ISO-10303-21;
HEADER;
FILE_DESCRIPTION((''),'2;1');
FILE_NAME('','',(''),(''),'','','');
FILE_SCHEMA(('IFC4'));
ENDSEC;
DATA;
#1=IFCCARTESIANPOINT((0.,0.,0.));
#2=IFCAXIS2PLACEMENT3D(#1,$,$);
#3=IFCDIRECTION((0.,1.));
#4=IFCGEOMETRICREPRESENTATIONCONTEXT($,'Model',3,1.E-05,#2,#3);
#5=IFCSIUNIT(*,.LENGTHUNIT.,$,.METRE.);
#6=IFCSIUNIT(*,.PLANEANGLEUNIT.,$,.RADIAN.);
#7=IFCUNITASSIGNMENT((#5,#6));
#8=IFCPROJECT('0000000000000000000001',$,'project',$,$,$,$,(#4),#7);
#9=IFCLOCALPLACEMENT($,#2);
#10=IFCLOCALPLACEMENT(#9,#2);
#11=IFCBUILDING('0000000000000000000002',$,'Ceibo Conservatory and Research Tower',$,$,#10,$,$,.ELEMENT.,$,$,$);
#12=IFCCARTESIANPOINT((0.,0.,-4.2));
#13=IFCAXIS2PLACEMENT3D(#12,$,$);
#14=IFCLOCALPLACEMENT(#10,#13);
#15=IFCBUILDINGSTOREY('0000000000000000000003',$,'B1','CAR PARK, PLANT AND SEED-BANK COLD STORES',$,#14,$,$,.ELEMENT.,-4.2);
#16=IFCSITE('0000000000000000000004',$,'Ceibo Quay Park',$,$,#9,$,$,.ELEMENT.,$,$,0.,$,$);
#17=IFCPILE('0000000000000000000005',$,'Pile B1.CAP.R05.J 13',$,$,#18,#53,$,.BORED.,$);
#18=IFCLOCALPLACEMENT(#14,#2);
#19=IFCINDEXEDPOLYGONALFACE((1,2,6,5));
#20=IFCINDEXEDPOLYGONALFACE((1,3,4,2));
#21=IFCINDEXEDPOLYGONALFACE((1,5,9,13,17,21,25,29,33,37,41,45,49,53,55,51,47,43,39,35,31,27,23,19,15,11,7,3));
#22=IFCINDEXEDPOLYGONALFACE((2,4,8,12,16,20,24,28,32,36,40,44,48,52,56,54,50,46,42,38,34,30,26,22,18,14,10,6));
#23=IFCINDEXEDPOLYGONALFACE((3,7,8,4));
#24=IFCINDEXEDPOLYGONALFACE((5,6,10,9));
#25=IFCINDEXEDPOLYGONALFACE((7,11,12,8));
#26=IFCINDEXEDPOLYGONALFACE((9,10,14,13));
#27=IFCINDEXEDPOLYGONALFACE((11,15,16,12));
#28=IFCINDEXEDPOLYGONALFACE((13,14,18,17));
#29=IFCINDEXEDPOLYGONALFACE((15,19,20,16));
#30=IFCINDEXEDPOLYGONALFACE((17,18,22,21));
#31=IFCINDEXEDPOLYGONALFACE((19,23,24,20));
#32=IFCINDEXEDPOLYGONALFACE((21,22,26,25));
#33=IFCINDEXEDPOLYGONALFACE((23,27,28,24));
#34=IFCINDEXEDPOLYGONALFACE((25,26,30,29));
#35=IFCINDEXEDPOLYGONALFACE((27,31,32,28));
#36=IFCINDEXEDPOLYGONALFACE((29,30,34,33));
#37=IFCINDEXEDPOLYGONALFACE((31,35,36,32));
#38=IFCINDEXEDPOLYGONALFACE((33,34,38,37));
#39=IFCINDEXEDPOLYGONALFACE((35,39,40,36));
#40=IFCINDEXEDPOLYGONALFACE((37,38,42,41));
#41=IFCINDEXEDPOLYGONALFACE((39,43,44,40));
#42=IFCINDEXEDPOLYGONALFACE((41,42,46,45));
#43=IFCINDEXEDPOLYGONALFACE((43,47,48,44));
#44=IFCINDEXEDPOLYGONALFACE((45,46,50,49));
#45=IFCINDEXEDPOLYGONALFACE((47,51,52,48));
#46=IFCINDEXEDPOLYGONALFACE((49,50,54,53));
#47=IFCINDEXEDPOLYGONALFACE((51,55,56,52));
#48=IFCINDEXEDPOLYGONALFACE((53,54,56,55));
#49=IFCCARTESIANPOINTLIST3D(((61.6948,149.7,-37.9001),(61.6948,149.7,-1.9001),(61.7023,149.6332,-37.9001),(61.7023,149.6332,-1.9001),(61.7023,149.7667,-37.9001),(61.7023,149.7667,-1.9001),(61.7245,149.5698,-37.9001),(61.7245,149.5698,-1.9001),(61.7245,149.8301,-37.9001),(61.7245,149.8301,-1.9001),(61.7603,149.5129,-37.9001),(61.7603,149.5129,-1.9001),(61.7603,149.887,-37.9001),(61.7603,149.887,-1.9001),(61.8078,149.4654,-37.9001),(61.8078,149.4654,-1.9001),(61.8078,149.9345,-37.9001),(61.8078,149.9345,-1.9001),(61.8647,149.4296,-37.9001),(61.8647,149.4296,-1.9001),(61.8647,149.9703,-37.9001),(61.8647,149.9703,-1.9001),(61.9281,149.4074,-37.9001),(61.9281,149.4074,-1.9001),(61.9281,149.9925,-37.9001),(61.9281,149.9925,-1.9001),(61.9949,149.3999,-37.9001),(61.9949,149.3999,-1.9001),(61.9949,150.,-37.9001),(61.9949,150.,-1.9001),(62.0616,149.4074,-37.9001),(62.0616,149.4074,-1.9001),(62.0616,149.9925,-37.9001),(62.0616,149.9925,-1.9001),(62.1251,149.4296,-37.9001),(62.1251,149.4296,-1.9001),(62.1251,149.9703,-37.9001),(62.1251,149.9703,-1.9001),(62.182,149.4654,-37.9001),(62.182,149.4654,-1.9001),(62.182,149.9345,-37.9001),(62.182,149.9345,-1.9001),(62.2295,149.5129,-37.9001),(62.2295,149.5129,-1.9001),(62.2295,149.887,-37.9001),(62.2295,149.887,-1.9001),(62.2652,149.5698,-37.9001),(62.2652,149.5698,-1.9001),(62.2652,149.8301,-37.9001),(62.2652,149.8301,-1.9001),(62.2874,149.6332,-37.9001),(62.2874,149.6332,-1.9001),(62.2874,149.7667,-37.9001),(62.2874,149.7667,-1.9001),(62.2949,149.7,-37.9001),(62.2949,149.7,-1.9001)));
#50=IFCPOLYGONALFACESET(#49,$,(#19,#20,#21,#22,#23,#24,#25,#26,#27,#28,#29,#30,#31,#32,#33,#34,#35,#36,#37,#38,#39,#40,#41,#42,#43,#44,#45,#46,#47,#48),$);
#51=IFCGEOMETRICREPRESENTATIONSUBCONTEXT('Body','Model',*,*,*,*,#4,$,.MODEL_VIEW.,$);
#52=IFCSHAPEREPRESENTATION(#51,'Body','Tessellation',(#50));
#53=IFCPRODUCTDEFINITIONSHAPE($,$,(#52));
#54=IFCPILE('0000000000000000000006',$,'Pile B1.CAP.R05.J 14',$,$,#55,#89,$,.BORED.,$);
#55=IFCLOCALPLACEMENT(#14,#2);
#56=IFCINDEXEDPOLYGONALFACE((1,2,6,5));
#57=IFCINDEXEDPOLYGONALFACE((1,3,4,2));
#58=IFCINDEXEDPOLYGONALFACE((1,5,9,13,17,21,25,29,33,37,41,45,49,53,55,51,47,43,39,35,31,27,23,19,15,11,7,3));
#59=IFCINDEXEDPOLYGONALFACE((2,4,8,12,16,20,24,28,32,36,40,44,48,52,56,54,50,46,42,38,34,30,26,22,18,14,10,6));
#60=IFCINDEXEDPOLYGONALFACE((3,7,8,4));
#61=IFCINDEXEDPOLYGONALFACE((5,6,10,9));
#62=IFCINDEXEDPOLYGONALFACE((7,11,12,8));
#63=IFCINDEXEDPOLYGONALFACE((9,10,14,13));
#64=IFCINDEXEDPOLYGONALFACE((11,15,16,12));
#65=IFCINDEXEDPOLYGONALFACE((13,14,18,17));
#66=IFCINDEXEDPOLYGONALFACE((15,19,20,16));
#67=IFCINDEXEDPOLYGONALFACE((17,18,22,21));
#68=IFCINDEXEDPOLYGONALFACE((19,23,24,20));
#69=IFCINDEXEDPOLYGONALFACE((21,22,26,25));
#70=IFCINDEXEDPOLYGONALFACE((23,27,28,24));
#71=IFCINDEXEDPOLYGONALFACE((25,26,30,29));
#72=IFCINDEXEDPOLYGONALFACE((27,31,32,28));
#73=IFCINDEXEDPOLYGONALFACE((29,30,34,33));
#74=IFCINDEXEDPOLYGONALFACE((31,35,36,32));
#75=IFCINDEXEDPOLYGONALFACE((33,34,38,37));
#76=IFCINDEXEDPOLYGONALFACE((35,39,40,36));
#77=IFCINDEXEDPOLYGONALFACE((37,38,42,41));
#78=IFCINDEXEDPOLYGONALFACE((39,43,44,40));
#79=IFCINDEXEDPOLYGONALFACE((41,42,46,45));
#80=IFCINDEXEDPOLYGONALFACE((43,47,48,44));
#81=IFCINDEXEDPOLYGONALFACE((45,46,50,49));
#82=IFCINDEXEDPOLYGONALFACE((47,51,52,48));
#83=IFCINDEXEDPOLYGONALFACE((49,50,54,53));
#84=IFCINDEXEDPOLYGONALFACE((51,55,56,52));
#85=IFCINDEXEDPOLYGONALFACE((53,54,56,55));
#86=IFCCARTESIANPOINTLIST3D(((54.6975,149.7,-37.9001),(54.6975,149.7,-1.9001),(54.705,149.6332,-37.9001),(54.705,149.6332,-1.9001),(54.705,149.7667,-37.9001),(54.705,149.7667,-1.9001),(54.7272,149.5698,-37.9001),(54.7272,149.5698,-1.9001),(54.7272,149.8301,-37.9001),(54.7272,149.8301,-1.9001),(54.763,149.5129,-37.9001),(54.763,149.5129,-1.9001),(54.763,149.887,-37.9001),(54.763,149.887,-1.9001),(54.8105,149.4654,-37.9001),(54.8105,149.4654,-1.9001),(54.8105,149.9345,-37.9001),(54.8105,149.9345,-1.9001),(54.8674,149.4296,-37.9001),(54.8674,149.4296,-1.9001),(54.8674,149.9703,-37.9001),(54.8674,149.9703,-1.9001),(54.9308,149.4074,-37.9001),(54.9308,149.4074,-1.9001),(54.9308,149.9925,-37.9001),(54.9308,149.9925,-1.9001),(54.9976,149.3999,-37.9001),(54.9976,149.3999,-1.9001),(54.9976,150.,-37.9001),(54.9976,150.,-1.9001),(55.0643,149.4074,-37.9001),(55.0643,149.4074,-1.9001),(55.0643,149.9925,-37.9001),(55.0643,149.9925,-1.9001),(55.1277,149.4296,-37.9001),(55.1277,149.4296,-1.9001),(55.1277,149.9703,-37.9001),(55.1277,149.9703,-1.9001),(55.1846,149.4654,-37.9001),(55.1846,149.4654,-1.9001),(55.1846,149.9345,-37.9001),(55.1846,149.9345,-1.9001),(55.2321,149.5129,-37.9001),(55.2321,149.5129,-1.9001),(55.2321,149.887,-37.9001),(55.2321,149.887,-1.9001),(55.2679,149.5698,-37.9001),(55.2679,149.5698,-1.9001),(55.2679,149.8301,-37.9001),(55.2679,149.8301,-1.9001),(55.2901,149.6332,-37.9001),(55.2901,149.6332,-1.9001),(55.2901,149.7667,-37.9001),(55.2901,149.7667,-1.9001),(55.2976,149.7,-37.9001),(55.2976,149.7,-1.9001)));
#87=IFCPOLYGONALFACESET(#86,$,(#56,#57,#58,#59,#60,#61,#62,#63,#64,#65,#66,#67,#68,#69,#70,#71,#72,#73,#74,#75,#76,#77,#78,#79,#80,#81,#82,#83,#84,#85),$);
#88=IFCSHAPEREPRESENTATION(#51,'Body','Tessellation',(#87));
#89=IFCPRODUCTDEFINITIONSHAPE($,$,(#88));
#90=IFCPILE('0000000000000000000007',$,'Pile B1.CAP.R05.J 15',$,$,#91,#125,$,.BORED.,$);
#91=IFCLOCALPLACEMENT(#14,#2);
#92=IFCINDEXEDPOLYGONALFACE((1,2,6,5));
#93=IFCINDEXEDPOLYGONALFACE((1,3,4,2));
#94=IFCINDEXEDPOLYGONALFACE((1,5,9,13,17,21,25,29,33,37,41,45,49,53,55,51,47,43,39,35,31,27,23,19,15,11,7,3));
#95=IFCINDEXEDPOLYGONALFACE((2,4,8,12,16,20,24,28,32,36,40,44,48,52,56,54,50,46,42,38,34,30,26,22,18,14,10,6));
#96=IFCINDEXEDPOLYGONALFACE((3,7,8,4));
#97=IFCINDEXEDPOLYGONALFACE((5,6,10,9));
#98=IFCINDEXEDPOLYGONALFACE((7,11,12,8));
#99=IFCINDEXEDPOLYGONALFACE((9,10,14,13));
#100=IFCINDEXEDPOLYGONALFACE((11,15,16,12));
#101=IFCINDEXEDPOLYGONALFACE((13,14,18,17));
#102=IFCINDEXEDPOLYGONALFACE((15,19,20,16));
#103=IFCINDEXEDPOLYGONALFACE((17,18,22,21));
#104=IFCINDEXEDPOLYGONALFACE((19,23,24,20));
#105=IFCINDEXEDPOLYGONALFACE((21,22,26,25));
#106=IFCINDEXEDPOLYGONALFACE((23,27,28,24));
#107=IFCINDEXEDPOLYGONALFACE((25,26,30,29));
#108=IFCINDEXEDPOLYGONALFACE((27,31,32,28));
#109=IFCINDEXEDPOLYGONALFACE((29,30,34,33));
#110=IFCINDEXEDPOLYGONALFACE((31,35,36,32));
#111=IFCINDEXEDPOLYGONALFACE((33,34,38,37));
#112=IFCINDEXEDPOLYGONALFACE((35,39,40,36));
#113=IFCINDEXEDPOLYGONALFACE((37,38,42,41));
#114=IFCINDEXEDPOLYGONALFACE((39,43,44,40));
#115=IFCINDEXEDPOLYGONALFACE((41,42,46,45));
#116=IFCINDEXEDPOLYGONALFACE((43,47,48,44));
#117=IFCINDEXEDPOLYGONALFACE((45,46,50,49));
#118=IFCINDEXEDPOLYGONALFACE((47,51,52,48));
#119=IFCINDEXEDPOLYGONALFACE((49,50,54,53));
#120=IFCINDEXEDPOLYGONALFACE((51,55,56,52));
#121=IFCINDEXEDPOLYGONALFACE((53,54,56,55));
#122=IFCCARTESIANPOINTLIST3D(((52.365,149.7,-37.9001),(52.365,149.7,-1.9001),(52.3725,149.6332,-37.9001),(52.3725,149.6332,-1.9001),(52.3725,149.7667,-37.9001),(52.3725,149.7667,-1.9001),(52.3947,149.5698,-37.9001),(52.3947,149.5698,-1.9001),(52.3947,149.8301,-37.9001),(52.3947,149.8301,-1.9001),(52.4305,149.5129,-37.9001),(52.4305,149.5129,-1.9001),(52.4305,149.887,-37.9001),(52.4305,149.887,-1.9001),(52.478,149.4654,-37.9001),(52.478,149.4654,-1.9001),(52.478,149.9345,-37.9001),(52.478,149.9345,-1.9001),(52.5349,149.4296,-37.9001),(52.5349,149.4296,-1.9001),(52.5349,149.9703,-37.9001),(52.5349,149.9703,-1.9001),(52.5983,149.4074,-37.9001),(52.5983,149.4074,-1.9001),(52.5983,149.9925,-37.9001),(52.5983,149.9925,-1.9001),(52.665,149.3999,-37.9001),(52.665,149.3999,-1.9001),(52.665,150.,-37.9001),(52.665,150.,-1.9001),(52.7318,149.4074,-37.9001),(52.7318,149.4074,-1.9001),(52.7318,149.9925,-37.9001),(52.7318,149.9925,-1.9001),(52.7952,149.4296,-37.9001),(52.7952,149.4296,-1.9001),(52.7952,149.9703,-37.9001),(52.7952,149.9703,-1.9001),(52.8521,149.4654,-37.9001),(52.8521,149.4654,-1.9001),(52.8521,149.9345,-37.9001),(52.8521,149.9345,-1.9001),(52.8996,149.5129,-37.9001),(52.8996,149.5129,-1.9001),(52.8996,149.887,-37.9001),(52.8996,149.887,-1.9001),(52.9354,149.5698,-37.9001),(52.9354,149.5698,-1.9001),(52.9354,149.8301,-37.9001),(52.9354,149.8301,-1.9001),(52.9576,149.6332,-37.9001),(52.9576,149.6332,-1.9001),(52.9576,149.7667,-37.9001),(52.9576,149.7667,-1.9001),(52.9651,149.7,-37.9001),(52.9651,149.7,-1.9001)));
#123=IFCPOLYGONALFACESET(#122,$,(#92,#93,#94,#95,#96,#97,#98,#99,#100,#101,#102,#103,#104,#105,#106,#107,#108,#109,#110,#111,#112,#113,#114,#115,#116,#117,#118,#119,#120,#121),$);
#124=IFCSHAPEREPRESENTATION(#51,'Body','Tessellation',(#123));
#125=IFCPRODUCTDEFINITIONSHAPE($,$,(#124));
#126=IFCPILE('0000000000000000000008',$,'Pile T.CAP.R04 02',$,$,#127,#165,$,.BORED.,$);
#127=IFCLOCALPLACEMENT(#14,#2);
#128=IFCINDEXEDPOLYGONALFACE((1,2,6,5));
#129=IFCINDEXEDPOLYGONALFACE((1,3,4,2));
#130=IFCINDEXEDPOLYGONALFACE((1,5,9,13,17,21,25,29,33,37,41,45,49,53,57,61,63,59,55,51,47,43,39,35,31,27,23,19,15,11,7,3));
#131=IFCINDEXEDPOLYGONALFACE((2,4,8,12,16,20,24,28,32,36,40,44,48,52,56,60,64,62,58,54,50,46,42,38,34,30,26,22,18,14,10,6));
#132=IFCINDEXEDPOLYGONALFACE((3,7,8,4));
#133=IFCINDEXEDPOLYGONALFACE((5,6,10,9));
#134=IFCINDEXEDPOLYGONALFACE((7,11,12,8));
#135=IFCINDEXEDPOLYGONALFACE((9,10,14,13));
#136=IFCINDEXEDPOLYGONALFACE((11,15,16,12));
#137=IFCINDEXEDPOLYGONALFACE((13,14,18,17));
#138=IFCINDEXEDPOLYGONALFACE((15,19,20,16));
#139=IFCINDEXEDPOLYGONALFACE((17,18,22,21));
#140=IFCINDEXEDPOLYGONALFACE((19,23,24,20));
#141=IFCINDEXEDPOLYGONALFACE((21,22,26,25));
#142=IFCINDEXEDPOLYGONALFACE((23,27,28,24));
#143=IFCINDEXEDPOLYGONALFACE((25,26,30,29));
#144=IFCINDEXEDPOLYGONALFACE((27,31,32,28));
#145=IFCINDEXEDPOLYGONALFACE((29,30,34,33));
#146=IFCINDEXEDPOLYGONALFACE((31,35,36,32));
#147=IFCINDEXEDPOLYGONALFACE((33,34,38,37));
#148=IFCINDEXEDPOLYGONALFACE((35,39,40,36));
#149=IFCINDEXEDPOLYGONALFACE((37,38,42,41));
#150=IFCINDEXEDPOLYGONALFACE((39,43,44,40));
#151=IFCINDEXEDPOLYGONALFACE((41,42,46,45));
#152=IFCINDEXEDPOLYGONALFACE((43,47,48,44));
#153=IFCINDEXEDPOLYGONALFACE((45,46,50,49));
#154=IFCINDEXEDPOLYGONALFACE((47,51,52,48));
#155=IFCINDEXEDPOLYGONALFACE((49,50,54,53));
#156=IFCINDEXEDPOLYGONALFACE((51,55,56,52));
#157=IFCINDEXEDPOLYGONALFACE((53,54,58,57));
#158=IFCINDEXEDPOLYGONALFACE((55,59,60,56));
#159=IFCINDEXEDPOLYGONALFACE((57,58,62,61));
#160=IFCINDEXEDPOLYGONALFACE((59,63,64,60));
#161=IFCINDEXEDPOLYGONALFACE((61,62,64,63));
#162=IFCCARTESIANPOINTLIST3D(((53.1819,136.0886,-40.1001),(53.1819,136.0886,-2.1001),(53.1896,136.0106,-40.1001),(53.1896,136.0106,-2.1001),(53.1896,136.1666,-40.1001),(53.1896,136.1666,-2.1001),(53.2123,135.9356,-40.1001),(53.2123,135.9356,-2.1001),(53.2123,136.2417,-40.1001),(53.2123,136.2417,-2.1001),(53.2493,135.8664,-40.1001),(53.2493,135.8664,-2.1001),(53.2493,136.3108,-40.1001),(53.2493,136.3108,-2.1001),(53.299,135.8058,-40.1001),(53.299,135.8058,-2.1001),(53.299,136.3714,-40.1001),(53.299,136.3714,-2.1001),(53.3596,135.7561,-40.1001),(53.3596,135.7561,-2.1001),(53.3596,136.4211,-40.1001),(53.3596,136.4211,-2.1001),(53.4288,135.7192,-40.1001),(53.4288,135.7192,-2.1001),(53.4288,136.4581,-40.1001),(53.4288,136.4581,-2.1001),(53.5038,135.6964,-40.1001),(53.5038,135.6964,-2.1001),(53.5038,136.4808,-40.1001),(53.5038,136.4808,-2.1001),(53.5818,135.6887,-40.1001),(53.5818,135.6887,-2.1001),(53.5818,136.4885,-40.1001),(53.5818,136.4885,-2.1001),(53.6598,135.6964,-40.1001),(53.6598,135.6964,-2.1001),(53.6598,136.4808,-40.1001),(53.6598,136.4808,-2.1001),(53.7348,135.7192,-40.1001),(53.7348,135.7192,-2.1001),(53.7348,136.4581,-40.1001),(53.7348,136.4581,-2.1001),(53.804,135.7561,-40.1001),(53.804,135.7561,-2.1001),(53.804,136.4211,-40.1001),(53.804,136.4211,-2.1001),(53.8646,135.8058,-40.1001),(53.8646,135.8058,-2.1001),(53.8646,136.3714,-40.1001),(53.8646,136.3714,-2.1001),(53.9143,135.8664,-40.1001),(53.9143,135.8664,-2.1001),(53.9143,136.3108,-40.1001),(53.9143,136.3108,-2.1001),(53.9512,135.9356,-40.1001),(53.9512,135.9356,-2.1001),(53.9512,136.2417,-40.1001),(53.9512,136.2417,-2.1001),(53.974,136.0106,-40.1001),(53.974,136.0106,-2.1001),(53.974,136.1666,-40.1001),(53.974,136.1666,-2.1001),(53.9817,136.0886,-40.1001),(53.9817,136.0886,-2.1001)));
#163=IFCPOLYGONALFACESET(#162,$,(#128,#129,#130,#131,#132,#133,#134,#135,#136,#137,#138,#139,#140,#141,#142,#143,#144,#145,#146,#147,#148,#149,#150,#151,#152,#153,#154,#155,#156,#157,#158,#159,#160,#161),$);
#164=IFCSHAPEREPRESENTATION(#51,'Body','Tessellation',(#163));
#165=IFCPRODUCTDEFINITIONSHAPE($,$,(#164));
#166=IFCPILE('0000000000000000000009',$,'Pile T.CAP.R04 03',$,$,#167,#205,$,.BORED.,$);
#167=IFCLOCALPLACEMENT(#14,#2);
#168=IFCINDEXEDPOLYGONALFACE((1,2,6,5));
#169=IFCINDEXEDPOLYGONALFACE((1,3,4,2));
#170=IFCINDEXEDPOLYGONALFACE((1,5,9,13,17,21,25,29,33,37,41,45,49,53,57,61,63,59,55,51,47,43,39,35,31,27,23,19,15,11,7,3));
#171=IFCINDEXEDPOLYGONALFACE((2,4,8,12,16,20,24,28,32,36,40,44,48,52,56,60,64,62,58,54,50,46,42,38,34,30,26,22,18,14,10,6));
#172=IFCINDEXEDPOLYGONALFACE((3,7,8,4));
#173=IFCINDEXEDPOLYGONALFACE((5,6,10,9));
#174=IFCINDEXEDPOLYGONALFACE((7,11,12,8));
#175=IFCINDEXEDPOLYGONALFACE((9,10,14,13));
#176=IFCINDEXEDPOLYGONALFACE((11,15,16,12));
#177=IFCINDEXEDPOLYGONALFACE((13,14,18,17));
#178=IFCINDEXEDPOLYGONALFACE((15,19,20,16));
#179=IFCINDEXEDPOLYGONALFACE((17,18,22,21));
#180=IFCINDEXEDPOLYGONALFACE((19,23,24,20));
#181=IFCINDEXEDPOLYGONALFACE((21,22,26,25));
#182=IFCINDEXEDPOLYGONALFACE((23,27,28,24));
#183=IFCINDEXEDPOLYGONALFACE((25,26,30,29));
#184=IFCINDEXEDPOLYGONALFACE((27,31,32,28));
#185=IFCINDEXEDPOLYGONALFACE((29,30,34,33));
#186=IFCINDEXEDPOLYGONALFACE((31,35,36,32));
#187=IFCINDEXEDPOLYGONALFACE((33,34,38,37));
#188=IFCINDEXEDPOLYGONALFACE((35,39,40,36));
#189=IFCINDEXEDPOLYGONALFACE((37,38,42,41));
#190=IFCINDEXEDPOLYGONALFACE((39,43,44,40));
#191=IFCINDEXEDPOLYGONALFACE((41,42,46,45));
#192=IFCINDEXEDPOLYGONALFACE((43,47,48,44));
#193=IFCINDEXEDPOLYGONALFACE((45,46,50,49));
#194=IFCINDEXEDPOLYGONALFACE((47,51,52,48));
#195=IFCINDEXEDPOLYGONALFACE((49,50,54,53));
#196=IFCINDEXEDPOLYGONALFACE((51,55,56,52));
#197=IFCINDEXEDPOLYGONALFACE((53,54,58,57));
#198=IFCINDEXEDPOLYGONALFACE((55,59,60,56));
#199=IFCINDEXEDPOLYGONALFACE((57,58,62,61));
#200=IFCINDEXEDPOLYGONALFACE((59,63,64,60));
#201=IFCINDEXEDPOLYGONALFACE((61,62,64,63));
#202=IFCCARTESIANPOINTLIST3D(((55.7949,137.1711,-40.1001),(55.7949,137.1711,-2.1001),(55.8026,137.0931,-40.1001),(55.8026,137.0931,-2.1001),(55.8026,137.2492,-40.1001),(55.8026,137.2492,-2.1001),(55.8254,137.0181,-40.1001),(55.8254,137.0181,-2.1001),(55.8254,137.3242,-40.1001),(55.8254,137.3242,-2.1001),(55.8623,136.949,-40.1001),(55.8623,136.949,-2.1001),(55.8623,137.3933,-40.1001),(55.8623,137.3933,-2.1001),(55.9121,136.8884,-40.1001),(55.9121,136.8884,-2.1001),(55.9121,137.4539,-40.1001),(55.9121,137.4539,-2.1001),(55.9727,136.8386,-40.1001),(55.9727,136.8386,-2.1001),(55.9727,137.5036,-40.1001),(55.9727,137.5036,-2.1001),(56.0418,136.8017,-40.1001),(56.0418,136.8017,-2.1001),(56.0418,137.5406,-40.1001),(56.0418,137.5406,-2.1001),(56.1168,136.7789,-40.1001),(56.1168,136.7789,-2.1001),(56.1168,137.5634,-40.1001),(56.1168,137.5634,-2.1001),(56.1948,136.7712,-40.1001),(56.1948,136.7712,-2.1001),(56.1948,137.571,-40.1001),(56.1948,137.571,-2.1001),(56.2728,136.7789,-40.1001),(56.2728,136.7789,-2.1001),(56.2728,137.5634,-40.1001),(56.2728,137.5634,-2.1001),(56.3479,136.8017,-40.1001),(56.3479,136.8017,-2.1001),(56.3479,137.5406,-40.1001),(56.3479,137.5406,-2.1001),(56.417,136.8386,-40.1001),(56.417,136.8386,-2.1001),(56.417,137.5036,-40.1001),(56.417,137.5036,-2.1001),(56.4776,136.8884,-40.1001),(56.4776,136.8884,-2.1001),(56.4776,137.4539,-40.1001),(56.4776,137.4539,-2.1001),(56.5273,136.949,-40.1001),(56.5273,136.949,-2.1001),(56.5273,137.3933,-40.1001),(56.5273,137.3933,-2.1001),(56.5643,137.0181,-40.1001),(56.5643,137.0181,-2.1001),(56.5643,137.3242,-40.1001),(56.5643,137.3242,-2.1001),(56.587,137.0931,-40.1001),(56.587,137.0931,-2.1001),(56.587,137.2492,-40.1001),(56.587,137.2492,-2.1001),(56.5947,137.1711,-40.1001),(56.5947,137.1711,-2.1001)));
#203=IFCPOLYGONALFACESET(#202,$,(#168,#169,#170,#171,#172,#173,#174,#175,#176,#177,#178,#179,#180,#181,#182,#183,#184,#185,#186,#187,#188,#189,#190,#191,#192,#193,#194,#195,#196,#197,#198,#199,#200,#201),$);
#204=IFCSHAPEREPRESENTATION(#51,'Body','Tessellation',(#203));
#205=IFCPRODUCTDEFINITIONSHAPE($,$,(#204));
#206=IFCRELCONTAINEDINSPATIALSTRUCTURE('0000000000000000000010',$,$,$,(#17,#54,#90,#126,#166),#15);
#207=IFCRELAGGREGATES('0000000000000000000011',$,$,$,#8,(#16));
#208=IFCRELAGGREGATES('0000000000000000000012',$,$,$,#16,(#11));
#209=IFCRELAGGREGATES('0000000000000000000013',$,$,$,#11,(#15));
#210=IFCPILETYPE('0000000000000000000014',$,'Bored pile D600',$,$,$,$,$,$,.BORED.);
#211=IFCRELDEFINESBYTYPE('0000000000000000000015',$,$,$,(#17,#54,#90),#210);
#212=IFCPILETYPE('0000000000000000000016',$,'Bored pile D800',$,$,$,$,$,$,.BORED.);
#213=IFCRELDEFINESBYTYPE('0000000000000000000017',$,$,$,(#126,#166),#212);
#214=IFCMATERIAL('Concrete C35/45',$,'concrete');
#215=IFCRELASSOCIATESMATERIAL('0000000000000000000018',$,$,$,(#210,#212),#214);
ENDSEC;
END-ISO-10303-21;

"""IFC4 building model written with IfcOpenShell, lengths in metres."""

from ifc_helpers import new_model, si_unit, direction, frame, origin, origin_2d, place, context, subcontext, project, spatial, circle, extrude, material, material_profile, profile_set, type_object, element, save


model = new_model("IFC4")

# Units and contexts
model_context = context("Model", 3, precision=1e-05, world=origin(), true_north=direction((0.0, 1.0)))
body_context = subcontext(model_context, "Body", "Model", "MODEL_VIEW")
ifc_project = project(units=[si_unit("LENGTHUNIT", "METRE"), si_unit("PLANEANGLEUNIT", "RADIAN")], contexts=[model_context])

# Site, building, storey
site_placement = place(None, origin())
site = spatial("IfcSite", under=ifc_project, at=site_placement, Name="Ceibo Quay Park", CompositionType="ELEMENT", RefElevation=0.0)
building_placement = place(site_placement, origin())
building = spatial("IfcBuilding", under=site, at=building_placement, Name="Ceibo Conservatory and Research Tower", CompositionType="ELEMENT")
storey_placement = place(building_placement, frame((0.0, 0.0, -4.2)))
storey = spatial("IfcBuildingStorey", under=building, at=storey_placement, Name="B1", Description="CAR PARK, PLANT AND SEED-BANK COLD STORES", CompositionType="ELEMENT", Elevation=-4.2)

# Piles
ifc_material_1 = material(Name="Concrete C35/45", Category="concrete")
ifc_material_profile_1 = material_profile(ifc_material_1, circle(Radius=0.3, at=origin_2d()), Name="RC D600")
ifc_profile_set_1 = profile_set([ifc_material_profile_1], Name="Concrete C35/45")
pile_type_1 = type_object("IfcPileType", Name="Bored pile D600", PredefinedType="BORED", material=ifc_profile_set_1)
for number, where, z_axis, x_axis, name in (
    (1, (61.9949, 149.7, -1.9001), (0.0, 0.0, -1.0), (1.0, 0.0, 0.0), "Pile B1.CAP.R05.J 13"),
    (2, (54.9976, 149.7, -1.9001), (0.0, 0.0, -1.0), (1.0, 0.0, 0.0), "Pile B1.CAP.R05.J 14"),
    (3, (52.665, 149.7, -1.9001), (0.0, 0.0, -1.0), (1.0, 0.0, 0.0), "Pile B1.CAP.R05.J 15"),
):
    element("IfcPile", number, at=place(storey_placement, frame(where, z_axis=z_axis, x_axis=x_axis)), inside=storey, type_object=pile_type_1, Name=name, PredefinedType="BORED", context=body_context, shape_type="SweptSolid", body=[
        extrude(circle(Radius=0.3, at=origin_2d()), origin(), (0.0, 0.0, 1.0), 36.0),
    ])
ifc_material_profile_2 = material_profile(ifc_material_1, circle(Radius=0.3999, at=origin_2d()), Name="RC D800")
ifc_profile_set_2 = profile_set([ifc_material_profile_2], Name="Concrete C35/45")
pile_type_2 = type_object("IfcPileType", Name="Bored pile D800", PredefinedType="BORED", material=ifc_profile_set_2)
for number, where, z_axis, x_axis, name in (
    (4, (53.5818, 136.0886, -2.1001), (0.0, 0.0, -1.0), (1.0, 0.0, 0.0), "Pile T.CAP.R04 02"),
    (5, (56.1948, 137.1711, -2.1001), (0.0, 0.0, -1.0), (1.0, 0.0, 0.0), "Pile T.CAP.R04 03"),
):
    element("IfcPile", number, at=place(storey_placement, frame(where, z_axis=z_axis, x_axis=x_axis)), inside=storey, type_object=pile_type_2, Name=name, PredefinedType="BORED", context=body_context, shape_type="SweptSolid", body=[
        extrude(circle(Radius=0.3999, at=origin_2d()), origin(), (0.0, 0.0, 1.0), 38.0),
    ])

save(model, "model.ifc")
